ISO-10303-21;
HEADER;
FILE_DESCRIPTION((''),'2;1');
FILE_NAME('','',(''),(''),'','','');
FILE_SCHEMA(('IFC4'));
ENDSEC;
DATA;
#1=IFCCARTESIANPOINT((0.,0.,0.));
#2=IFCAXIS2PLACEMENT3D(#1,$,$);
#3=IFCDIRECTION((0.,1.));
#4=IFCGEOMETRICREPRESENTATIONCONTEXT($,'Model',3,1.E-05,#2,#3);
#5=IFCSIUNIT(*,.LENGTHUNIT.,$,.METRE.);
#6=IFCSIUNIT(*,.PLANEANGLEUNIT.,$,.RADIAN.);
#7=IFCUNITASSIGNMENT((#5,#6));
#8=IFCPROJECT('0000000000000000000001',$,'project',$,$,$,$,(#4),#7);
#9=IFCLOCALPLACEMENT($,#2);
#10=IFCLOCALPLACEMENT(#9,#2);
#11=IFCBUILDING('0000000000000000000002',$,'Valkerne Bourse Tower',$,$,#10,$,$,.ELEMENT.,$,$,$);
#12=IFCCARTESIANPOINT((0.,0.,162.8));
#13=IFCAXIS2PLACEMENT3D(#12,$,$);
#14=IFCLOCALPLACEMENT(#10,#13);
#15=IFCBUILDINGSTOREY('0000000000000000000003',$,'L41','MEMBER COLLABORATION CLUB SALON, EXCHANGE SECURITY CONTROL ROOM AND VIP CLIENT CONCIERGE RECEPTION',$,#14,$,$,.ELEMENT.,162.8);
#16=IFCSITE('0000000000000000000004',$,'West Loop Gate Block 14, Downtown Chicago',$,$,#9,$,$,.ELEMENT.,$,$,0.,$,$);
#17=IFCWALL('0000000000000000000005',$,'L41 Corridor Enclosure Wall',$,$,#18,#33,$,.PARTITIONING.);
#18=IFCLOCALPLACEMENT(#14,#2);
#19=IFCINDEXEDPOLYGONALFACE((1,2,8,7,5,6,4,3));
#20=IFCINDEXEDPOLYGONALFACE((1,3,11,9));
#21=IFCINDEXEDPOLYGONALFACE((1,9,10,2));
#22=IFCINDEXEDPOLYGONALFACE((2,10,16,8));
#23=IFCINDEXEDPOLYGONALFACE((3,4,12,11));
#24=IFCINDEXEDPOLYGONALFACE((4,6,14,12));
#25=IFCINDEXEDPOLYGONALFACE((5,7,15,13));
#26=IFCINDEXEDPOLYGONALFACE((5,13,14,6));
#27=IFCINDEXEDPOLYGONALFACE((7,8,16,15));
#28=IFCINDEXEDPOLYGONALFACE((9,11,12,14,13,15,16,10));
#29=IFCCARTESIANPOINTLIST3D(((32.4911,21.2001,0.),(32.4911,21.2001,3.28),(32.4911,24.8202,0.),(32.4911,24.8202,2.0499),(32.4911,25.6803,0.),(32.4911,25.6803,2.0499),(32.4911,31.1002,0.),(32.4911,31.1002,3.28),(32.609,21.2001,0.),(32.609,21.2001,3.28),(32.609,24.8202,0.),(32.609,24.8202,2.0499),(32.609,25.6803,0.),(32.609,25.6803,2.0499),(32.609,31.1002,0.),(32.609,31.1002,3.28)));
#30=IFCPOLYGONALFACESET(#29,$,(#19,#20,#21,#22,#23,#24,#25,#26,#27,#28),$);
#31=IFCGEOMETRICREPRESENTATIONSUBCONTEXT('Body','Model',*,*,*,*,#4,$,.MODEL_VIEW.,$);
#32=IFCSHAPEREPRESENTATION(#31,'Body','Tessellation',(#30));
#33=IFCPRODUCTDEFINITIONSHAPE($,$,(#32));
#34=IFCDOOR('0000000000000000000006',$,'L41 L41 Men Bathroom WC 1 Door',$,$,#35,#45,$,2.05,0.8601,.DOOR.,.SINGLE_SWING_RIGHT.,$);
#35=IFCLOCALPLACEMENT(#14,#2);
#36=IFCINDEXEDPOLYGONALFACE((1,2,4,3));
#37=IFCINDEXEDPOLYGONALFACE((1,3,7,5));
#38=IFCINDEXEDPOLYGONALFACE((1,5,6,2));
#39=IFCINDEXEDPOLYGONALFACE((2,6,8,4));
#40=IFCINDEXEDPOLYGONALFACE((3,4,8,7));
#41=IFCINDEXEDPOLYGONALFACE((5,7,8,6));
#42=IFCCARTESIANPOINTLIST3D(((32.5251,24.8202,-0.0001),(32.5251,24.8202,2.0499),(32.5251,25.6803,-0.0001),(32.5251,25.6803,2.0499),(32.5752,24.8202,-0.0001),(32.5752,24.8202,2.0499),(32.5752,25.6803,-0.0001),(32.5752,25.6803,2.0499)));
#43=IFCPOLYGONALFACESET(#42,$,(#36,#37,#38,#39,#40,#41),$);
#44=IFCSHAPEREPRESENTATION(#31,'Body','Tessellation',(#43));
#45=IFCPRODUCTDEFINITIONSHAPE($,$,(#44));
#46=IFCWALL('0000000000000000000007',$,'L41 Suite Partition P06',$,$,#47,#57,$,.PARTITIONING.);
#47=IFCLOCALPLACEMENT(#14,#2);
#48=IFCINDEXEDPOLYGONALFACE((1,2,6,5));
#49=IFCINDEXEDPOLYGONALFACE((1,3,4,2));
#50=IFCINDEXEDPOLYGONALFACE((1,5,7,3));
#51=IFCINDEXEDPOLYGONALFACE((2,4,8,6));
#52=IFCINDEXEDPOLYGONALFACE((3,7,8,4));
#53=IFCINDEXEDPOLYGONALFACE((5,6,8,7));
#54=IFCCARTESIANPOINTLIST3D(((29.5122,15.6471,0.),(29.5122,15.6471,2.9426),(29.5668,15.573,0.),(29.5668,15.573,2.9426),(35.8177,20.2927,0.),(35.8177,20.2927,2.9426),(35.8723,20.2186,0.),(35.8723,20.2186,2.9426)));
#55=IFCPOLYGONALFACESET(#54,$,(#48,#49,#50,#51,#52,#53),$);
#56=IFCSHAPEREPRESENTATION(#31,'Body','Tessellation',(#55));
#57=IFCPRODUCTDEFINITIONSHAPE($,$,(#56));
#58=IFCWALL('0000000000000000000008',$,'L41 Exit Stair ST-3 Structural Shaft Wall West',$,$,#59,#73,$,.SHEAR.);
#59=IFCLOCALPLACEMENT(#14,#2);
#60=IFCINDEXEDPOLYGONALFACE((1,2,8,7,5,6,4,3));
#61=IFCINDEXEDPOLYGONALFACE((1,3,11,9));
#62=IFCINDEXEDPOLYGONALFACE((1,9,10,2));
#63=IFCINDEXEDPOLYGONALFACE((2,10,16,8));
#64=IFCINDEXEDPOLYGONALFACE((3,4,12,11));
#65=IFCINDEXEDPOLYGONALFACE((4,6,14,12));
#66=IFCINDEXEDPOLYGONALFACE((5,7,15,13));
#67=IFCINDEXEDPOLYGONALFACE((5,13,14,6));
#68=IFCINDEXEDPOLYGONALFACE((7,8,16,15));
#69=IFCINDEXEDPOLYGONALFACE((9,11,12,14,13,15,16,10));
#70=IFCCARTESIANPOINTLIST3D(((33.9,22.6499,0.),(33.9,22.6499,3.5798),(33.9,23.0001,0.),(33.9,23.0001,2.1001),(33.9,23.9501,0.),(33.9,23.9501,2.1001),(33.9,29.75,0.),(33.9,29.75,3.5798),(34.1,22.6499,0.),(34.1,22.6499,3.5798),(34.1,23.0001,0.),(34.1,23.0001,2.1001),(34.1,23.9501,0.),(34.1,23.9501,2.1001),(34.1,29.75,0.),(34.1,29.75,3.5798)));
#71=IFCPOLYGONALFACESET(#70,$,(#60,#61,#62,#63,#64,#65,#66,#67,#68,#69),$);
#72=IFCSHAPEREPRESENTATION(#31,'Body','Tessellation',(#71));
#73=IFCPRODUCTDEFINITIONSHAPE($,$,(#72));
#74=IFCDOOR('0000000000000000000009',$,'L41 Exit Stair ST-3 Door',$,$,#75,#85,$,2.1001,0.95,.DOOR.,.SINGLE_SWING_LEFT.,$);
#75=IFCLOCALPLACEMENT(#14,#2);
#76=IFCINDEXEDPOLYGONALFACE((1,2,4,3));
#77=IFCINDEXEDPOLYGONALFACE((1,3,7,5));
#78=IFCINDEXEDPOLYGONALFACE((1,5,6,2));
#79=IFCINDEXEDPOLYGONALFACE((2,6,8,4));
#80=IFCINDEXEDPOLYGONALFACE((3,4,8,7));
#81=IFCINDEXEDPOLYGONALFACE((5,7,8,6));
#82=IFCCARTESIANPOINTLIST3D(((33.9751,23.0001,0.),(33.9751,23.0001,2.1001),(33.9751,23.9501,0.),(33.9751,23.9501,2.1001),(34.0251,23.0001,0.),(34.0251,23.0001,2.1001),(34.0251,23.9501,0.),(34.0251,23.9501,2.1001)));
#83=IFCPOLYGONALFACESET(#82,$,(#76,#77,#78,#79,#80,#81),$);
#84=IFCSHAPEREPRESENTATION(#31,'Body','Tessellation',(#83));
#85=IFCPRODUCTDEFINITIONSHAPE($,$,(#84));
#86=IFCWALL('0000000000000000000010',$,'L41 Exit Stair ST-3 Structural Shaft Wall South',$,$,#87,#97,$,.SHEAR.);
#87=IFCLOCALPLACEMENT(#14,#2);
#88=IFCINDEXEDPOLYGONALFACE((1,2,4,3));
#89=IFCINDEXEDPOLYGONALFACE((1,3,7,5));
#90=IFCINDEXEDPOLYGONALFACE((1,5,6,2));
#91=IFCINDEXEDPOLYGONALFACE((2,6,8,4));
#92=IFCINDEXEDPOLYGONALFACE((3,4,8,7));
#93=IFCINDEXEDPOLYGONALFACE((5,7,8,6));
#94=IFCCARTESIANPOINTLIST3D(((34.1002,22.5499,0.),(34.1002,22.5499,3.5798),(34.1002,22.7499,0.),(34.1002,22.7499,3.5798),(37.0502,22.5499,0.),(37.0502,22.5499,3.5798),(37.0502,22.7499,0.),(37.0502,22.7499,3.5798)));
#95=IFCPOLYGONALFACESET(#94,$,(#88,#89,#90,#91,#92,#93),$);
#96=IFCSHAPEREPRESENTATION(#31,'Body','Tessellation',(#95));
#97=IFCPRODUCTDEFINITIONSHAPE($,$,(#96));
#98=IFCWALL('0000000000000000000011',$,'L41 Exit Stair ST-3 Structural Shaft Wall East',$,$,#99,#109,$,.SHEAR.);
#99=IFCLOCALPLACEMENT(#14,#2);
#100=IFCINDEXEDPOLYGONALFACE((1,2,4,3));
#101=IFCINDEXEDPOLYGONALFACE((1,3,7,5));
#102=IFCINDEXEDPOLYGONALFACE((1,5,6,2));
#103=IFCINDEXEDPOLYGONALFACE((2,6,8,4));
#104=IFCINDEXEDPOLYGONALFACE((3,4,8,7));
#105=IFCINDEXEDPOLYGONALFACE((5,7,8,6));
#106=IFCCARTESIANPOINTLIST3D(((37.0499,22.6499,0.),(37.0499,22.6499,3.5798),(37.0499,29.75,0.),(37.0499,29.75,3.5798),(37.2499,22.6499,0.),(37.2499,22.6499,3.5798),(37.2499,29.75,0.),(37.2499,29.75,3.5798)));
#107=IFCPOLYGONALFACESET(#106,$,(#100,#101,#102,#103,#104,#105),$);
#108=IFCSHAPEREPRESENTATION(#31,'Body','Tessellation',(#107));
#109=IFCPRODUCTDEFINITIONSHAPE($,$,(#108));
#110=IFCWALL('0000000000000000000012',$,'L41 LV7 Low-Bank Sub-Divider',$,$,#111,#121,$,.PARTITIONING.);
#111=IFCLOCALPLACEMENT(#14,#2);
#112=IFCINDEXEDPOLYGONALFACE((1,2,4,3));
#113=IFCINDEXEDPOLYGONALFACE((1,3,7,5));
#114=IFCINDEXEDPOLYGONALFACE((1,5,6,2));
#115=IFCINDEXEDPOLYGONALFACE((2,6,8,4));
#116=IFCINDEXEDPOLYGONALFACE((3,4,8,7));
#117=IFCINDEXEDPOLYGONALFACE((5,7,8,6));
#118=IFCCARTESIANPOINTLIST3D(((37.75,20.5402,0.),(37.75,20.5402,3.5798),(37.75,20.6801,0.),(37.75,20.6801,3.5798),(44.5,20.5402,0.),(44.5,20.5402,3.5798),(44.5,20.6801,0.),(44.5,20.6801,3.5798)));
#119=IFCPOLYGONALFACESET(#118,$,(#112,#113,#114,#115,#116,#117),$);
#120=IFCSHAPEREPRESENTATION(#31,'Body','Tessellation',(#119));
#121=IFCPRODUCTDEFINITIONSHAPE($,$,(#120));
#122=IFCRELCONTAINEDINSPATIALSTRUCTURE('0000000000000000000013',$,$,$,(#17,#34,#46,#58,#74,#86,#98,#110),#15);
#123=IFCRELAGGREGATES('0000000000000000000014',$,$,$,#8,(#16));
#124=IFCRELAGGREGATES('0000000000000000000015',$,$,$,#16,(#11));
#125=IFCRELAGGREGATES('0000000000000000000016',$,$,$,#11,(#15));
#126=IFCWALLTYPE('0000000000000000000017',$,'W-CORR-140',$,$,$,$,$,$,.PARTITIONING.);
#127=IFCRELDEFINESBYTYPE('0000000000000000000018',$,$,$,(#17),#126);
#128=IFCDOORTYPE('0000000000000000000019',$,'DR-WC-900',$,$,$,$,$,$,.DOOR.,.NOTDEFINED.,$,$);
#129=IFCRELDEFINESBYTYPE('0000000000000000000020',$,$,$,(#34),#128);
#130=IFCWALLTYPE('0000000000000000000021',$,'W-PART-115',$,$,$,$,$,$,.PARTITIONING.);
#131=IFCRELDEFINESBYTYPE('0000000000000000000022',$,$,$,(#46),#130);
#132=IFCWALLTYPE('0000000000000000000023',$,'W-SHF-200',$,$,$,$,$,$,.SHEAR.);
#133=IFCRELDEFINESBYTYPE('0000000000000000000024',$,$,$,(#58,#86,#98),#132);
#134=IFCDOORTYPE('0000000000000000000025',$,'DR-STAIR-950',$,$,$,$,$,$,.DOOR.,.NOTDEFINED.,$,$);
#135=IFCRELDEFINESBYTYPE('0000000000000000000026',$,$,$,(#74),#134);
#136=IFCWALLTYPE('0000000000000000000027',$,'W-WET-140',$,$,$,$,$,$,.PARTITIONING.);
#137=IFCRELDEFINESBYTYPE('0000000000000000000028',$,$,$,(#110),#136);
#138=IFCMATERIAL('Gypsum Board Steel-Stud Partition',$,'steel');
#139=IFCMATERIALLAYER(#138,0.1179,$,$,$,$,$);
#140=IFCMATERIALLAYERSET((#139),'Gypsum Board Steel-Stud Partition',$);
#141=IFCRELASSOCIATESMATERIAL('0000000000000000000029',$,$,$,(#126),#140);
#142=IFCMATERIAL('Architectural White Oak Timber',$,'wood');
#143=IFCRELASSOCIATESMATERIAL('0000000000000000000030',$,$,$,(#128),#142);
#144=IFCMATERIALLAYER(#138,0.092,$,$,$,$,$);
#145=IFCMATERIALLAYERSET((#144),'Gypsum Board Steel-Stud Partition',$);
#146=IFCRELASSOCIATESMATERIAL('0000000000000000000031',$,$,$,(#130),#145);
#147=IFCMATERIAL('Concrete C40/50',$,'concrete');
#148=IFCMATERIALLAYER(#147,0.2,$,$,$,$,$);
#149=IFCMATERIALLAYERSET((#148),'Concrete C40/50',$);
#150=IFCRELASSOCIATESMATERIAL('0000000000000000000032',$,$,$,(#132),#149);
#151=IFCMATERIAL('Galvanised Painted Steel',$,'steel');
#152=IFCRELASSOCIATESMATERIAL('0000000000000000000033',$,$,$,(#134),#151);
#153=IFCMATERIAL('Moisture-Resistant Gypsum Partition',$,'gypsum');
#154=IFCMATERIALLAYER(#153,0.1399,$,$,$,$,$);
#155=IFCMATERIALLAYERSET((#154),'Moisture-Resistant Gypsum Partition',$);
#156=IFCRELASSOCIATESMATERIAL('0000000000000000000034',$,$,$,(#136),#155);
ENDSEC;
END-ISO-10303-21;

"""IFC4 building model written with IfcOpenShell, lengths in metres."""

from ifc_helpers import new_model, si_unit, direction, frame, frame_2d, origin, place, context, subcontext, project, spatial, rectangle, extrude, material, layer, layer_set, type_object, element, fill, save


model = new_model("IFC4")

# Units and contexts
model_context = context("Model", 3, precision=1e-05, world=origin(), true_north=direction((0.0, 1.0)))
body_context = subcontext(model_context, "Body", "Model", "MODEL_VIEW")
ifc_project = project(units=[si_unit("LENGTHUNIT", "METRE"), si_unit("PLANEANGLEUNIT", "RADIAN")], contexts=[model_context])

# Site, building, storey
site_placement = place(None, origin())
site = spatial("IfcSite", under=ifc_project, at=site_placement, Name="West Loop Gate Block 14, Downtown Chicago", CompositionType="ELEMENT", RefElevation=0.0)
building_placement = place(site_placement, origin())
building = spatial("IfcBuilding", under=site, at=building_placement, Name="Valkerne Bourse Tower", CompositionType="ELEMENT")
storey_placement = place(building_placement, frame((0.0, 0.0, 162.8)))
storey = spatial("IfcBuildingStorey", under=building, at=storey_placement, Name="L41", Description="MEMBER COLLABORATION CLUB SALON, EXCHANGE SECURITY CONTROL ROOM AND VIP CLIENT CONCIERGE RECEPTION", CompositionType="ELEMENT", Elevation=162.8)

# Shared definitions
ifc_material_1 = material(Name="Gypsum Board Steel-Stud Partition", Category="steel")
ifc_layer_1 = layer(ifc_material_1, 0.1179)
ifc_layer_set_1 = layer_set([ifc_layer_1], Name="Gypsum Board Steel-Stud Partition")
wall_type_1 = type_object("IfcWallType", Name="W-CORR-140", PredefinedType="PARTITIONING", material=ifc_layer_set_1)

# Wall, opening, door
wall_1_placement = place(storey_placement, frame((32.55, 21.2, 0.0), z_axis=(0.0, 0.0, 1.0), x_axis=(0.0, 1.0, 0.0)))
wall_1 = element("IfcWall", 1, at=wall_1_placement, inside=storey, type_object=wall_type_1, Name="L41 Corridor Enclosure Wall", PredefinedType="PARTITIONING", context=body_context, shape_type="SweptSolid", body=[
    extrude(rectangle(XDim=9.9001, YDim=0.1179, at=frame_2d((4.9502, 0.0))), origin(), (0.0, 0.0, 1.0), 3.28),
])
opening_1_placement = place(wall_1_placement, frame((3.6201, 0.0, 0.0)))
opening_1 = element("IfcOpeningElement", 2, at=opening_1_placement, cuts=wall_1, PredefinedType="OPENING", context=body_context, shape_type="SweptSolid", body=[
    extrude(rectangle(XDim=0.8601, YDim=2.05, at=frame_2d((0.4302, 1.0249))), frame((0.0, 0.0688, 0.0), z_axis=(0.0, -1.0, 0.0), x_axis=(1.0, 0.0, 0.0)), (0.0, 0.0, 1.0), 0.1379),
])
ifc_material_2 = material(Name="Architectural White Oak Timber", Category="wood")
door_type_1 = type_object("IfcDoorType", Name="DR-WC-900", OperationType="NOTDEFINED", PredefinedType="DOOR", material=ifc_material_2)
door_1_placement = place(opening_1_placement, origin())
door_1 = element("IfcDoor", 3, at=door_1_placement, inside=storey, type_object=door_type_1, Name="L41 L41 Men Bathroom WC 1 Door", OperationType="SINGLE_SWING_RIGHT", OverallHeight=2.05, OverallWidth=0.8601, PredefinedType="DOOR", context=body_context, shape_type="SweptSolid", body=[
    extrude(rectangle(XDim=0.8601, YDim=2.05, at=frame_2d((0.4302, 1.0249))), frame((0.0, 0.0249, 0.0), z_axis=(0.0, -1.0, 0.0), x_axis=(1.0, 0.0, 0.0)), (0.0, 0.0, 1.0), 0.05),
])
fill(opening_1, door_1)

# Wall
ifc_layer_2 = layer(ifc_material_1, 0.092)
ifc_layer_set_2 = layer_set([ifc_layer_2], Name="Gypsum Board Steel-Stud Partition")
wall_type_2 = type_object("IfcWallType", Name="W-PART-115", PredefinedType="PARTITIONING", material=ifc_layer_set_2)
wall_2_placement = place(storey_placement, frame((35.845, 20.2556, 0.0), z_axis=(0.0, 0.0, 1.0), x_axis=(-0.805092, -0.59315, 0.0)))
element("IfcWall", 4, at=wall_2_placement, inside=storey, type_object=wall_type_2, Name="L41 Suite Partition P06", PredefinedType="PARTITIONING", context=body_context, shape_type="SweptSolid", body=[
    extrude(rectangle(XDim=7.832, YDim=0.092, at=frame_2d((3.916, 0.0))), origin(), (0.0, 0.0, 1.0), 2.9426),
])

# Wall, opening, door
ifc_material_3 = material(Name="Concrete C40/50", Category="concrete")
ifc_layer_3 = layer(ifc_material_3, 0.2)
ifc_layer_set_3 = layer_set([ifc_layer_3], Name="Concrete C40/50")
wall_type_3 = type_object("IfcWallType", Name="W-SHF-200", PredefinedType="SHEAR", material=ifc_layer_set_3)
wall_3_placement = place(storey_placement, frame((34.0, 22.6499, 0.0), z_axis=(0.0, 0.0, 1.0), x_axis=(0.0, 1.0, 0.0)))
wall_3 = element("IfcWall", 5, at=wall_3_placement, inside=storey, type_object=wall_type_3, Name="L41 Exit Stair ST-3 Structural Shaft Wall West", PredefinedType="SHEAR", context=body_context, shape_type="SweptSolid", body=[
    extrude(rectangle(XDim=7.1001, YDim=0.2, at=frame_2d((3.55, 0.0))), origin(), (0.0, 0.0, 1.0), 3.5798),
])
opening_2_placement = place(wall_3_placement, frame((0.3501, 0.0, 0.0)))
opening_2 = element("IfcOpeningElement", 6, at=opening_2_placement, cuts=wall_3, PredefinedType="OPENING", context=body_context, shape_type="SweptSolid", body=[
    extrude(rectangle(XDim=0.95, YDim=2.1001, at=frame_2d((0.4751, 1.05))), frame((0.0, 0.1099, 0.0), z_axis=(0.0, -1.0, 0.0), x_axis=(1.0, 0.0, 0.0)), (0.0, 0.0, 1.0), 0.22),
])
ifc_material_4 = material(Name="Galvanised Painted Steel", Category="steel")
door_type_2 = type_object("IfcDoorType", Name="DR-STAIR-950", OperationType="NOTDEFINED", PredefinedType="DOOR", material=ifc_material_4)
door_2_placement = place(opening_2_placement, origin())
door_2 = element("IfcDoor", 7, at=door_2_placement, inside=storey, type_object=door_type_2, Name="L41 Exit Stair ST-3 Door", OperationType="SINGLE_SWING_LEFT", OverallHeight=2.1001, OverallWidth=0.95, PredefinedType="DOOR", context=body_context, shape_type="SweptSolid", body=[
    extrude(rectangle(XDim=0.95, YDim=2.1001, at=frame_2d((0.4751, 1.05))), frame((0.0, 0.0249, 0.0), z_axis=(0.0, -1.0, 0.0), x_axis=(1.0, 0.0, 0.0)), (0.0, 0.0, 1.0), 0.05),
])
fill(opening_2, door_2)

# Walls
wall_4_placement = place(storey_placement, frame((34.1001, 22.6499, 0.0), z_axis=(0.0, 0.0, 1.0), x_axis=(1.0, 0.0, 0.0)))
element("IfcWall", 8, at=wall_4_placement, inside=storey, type_object=wall_type_3, Name="L41 Exit Stair ST-3 Structural Shaft Wall South", PredefinedType="SHEAR", context=body_context, shape_type="SweptSolid", body=[
    extrude(rectangle(XDim=2.95, YDim=0.2, at=frame_2d((1.4751, 0.0))), origin(), (0.0, 0.0, 1.0), 3.5798),
])
wall_5_placement = place(storey_placement, frame((37.1499, 22.6499, 0.0), z_axis=(0.0, 0.0, 1.0), x_axis=(0.0, 1.0, 0.0)))
element("IfcWall", 9, at=wall_5_placement, inside=storey, type_object=wall_type_3, Name="L41 Exit Stair ST-3 Structural Shaft Wall East", PredefinedType="SHEAR", context=body_context, shape_type="SweptSolid", body=[
    extrude(rectangle(XDim=7.1001, YDim=0.2, at=frame_2d((3.55, 0.0))), origin(), (0.0, 0.0, 1.0), 3.5798),
])
ifc_material_5 = material(Name="Moisture-Resistant Gypsum Partition", Category="gypsum")
ifc_layer_4 = layer(ifc_material_5, 0.1399)
ifc_layer_set_4 = layer_set([ifc_layer_4], Name="Moisture-Resistant Gypsum Partition")
wall_type_4 = type_object("IfcWallType", Name="W-WET-140", PredefinedType="PARTITIONING", material=ifc_layer_set_4)
wall_6_placement = place(storey_placement, frame((37.75, 20.6101, 0.0), z_axis=(0.0, 0.0, 1.0), x_axis=(1.0, 0.0, 0.0)))
element("IfcWall", 10, at=wall_6_placement, inside=storey, type_object=wall_type_4, Name="L41 LV7 Low-Bank Sub-Divider", PredefinedType="PARTITIONING", context=body_context, shape_type="SweptSolid", body=[
    extrude(rectangle(XDim=6.75, YDim=0.1399, at=frame_2d((3.375, 0.0))), origin(), (0.0, 0.0, 1.0), 3.5798),
])

save(model, "model.ifc")
